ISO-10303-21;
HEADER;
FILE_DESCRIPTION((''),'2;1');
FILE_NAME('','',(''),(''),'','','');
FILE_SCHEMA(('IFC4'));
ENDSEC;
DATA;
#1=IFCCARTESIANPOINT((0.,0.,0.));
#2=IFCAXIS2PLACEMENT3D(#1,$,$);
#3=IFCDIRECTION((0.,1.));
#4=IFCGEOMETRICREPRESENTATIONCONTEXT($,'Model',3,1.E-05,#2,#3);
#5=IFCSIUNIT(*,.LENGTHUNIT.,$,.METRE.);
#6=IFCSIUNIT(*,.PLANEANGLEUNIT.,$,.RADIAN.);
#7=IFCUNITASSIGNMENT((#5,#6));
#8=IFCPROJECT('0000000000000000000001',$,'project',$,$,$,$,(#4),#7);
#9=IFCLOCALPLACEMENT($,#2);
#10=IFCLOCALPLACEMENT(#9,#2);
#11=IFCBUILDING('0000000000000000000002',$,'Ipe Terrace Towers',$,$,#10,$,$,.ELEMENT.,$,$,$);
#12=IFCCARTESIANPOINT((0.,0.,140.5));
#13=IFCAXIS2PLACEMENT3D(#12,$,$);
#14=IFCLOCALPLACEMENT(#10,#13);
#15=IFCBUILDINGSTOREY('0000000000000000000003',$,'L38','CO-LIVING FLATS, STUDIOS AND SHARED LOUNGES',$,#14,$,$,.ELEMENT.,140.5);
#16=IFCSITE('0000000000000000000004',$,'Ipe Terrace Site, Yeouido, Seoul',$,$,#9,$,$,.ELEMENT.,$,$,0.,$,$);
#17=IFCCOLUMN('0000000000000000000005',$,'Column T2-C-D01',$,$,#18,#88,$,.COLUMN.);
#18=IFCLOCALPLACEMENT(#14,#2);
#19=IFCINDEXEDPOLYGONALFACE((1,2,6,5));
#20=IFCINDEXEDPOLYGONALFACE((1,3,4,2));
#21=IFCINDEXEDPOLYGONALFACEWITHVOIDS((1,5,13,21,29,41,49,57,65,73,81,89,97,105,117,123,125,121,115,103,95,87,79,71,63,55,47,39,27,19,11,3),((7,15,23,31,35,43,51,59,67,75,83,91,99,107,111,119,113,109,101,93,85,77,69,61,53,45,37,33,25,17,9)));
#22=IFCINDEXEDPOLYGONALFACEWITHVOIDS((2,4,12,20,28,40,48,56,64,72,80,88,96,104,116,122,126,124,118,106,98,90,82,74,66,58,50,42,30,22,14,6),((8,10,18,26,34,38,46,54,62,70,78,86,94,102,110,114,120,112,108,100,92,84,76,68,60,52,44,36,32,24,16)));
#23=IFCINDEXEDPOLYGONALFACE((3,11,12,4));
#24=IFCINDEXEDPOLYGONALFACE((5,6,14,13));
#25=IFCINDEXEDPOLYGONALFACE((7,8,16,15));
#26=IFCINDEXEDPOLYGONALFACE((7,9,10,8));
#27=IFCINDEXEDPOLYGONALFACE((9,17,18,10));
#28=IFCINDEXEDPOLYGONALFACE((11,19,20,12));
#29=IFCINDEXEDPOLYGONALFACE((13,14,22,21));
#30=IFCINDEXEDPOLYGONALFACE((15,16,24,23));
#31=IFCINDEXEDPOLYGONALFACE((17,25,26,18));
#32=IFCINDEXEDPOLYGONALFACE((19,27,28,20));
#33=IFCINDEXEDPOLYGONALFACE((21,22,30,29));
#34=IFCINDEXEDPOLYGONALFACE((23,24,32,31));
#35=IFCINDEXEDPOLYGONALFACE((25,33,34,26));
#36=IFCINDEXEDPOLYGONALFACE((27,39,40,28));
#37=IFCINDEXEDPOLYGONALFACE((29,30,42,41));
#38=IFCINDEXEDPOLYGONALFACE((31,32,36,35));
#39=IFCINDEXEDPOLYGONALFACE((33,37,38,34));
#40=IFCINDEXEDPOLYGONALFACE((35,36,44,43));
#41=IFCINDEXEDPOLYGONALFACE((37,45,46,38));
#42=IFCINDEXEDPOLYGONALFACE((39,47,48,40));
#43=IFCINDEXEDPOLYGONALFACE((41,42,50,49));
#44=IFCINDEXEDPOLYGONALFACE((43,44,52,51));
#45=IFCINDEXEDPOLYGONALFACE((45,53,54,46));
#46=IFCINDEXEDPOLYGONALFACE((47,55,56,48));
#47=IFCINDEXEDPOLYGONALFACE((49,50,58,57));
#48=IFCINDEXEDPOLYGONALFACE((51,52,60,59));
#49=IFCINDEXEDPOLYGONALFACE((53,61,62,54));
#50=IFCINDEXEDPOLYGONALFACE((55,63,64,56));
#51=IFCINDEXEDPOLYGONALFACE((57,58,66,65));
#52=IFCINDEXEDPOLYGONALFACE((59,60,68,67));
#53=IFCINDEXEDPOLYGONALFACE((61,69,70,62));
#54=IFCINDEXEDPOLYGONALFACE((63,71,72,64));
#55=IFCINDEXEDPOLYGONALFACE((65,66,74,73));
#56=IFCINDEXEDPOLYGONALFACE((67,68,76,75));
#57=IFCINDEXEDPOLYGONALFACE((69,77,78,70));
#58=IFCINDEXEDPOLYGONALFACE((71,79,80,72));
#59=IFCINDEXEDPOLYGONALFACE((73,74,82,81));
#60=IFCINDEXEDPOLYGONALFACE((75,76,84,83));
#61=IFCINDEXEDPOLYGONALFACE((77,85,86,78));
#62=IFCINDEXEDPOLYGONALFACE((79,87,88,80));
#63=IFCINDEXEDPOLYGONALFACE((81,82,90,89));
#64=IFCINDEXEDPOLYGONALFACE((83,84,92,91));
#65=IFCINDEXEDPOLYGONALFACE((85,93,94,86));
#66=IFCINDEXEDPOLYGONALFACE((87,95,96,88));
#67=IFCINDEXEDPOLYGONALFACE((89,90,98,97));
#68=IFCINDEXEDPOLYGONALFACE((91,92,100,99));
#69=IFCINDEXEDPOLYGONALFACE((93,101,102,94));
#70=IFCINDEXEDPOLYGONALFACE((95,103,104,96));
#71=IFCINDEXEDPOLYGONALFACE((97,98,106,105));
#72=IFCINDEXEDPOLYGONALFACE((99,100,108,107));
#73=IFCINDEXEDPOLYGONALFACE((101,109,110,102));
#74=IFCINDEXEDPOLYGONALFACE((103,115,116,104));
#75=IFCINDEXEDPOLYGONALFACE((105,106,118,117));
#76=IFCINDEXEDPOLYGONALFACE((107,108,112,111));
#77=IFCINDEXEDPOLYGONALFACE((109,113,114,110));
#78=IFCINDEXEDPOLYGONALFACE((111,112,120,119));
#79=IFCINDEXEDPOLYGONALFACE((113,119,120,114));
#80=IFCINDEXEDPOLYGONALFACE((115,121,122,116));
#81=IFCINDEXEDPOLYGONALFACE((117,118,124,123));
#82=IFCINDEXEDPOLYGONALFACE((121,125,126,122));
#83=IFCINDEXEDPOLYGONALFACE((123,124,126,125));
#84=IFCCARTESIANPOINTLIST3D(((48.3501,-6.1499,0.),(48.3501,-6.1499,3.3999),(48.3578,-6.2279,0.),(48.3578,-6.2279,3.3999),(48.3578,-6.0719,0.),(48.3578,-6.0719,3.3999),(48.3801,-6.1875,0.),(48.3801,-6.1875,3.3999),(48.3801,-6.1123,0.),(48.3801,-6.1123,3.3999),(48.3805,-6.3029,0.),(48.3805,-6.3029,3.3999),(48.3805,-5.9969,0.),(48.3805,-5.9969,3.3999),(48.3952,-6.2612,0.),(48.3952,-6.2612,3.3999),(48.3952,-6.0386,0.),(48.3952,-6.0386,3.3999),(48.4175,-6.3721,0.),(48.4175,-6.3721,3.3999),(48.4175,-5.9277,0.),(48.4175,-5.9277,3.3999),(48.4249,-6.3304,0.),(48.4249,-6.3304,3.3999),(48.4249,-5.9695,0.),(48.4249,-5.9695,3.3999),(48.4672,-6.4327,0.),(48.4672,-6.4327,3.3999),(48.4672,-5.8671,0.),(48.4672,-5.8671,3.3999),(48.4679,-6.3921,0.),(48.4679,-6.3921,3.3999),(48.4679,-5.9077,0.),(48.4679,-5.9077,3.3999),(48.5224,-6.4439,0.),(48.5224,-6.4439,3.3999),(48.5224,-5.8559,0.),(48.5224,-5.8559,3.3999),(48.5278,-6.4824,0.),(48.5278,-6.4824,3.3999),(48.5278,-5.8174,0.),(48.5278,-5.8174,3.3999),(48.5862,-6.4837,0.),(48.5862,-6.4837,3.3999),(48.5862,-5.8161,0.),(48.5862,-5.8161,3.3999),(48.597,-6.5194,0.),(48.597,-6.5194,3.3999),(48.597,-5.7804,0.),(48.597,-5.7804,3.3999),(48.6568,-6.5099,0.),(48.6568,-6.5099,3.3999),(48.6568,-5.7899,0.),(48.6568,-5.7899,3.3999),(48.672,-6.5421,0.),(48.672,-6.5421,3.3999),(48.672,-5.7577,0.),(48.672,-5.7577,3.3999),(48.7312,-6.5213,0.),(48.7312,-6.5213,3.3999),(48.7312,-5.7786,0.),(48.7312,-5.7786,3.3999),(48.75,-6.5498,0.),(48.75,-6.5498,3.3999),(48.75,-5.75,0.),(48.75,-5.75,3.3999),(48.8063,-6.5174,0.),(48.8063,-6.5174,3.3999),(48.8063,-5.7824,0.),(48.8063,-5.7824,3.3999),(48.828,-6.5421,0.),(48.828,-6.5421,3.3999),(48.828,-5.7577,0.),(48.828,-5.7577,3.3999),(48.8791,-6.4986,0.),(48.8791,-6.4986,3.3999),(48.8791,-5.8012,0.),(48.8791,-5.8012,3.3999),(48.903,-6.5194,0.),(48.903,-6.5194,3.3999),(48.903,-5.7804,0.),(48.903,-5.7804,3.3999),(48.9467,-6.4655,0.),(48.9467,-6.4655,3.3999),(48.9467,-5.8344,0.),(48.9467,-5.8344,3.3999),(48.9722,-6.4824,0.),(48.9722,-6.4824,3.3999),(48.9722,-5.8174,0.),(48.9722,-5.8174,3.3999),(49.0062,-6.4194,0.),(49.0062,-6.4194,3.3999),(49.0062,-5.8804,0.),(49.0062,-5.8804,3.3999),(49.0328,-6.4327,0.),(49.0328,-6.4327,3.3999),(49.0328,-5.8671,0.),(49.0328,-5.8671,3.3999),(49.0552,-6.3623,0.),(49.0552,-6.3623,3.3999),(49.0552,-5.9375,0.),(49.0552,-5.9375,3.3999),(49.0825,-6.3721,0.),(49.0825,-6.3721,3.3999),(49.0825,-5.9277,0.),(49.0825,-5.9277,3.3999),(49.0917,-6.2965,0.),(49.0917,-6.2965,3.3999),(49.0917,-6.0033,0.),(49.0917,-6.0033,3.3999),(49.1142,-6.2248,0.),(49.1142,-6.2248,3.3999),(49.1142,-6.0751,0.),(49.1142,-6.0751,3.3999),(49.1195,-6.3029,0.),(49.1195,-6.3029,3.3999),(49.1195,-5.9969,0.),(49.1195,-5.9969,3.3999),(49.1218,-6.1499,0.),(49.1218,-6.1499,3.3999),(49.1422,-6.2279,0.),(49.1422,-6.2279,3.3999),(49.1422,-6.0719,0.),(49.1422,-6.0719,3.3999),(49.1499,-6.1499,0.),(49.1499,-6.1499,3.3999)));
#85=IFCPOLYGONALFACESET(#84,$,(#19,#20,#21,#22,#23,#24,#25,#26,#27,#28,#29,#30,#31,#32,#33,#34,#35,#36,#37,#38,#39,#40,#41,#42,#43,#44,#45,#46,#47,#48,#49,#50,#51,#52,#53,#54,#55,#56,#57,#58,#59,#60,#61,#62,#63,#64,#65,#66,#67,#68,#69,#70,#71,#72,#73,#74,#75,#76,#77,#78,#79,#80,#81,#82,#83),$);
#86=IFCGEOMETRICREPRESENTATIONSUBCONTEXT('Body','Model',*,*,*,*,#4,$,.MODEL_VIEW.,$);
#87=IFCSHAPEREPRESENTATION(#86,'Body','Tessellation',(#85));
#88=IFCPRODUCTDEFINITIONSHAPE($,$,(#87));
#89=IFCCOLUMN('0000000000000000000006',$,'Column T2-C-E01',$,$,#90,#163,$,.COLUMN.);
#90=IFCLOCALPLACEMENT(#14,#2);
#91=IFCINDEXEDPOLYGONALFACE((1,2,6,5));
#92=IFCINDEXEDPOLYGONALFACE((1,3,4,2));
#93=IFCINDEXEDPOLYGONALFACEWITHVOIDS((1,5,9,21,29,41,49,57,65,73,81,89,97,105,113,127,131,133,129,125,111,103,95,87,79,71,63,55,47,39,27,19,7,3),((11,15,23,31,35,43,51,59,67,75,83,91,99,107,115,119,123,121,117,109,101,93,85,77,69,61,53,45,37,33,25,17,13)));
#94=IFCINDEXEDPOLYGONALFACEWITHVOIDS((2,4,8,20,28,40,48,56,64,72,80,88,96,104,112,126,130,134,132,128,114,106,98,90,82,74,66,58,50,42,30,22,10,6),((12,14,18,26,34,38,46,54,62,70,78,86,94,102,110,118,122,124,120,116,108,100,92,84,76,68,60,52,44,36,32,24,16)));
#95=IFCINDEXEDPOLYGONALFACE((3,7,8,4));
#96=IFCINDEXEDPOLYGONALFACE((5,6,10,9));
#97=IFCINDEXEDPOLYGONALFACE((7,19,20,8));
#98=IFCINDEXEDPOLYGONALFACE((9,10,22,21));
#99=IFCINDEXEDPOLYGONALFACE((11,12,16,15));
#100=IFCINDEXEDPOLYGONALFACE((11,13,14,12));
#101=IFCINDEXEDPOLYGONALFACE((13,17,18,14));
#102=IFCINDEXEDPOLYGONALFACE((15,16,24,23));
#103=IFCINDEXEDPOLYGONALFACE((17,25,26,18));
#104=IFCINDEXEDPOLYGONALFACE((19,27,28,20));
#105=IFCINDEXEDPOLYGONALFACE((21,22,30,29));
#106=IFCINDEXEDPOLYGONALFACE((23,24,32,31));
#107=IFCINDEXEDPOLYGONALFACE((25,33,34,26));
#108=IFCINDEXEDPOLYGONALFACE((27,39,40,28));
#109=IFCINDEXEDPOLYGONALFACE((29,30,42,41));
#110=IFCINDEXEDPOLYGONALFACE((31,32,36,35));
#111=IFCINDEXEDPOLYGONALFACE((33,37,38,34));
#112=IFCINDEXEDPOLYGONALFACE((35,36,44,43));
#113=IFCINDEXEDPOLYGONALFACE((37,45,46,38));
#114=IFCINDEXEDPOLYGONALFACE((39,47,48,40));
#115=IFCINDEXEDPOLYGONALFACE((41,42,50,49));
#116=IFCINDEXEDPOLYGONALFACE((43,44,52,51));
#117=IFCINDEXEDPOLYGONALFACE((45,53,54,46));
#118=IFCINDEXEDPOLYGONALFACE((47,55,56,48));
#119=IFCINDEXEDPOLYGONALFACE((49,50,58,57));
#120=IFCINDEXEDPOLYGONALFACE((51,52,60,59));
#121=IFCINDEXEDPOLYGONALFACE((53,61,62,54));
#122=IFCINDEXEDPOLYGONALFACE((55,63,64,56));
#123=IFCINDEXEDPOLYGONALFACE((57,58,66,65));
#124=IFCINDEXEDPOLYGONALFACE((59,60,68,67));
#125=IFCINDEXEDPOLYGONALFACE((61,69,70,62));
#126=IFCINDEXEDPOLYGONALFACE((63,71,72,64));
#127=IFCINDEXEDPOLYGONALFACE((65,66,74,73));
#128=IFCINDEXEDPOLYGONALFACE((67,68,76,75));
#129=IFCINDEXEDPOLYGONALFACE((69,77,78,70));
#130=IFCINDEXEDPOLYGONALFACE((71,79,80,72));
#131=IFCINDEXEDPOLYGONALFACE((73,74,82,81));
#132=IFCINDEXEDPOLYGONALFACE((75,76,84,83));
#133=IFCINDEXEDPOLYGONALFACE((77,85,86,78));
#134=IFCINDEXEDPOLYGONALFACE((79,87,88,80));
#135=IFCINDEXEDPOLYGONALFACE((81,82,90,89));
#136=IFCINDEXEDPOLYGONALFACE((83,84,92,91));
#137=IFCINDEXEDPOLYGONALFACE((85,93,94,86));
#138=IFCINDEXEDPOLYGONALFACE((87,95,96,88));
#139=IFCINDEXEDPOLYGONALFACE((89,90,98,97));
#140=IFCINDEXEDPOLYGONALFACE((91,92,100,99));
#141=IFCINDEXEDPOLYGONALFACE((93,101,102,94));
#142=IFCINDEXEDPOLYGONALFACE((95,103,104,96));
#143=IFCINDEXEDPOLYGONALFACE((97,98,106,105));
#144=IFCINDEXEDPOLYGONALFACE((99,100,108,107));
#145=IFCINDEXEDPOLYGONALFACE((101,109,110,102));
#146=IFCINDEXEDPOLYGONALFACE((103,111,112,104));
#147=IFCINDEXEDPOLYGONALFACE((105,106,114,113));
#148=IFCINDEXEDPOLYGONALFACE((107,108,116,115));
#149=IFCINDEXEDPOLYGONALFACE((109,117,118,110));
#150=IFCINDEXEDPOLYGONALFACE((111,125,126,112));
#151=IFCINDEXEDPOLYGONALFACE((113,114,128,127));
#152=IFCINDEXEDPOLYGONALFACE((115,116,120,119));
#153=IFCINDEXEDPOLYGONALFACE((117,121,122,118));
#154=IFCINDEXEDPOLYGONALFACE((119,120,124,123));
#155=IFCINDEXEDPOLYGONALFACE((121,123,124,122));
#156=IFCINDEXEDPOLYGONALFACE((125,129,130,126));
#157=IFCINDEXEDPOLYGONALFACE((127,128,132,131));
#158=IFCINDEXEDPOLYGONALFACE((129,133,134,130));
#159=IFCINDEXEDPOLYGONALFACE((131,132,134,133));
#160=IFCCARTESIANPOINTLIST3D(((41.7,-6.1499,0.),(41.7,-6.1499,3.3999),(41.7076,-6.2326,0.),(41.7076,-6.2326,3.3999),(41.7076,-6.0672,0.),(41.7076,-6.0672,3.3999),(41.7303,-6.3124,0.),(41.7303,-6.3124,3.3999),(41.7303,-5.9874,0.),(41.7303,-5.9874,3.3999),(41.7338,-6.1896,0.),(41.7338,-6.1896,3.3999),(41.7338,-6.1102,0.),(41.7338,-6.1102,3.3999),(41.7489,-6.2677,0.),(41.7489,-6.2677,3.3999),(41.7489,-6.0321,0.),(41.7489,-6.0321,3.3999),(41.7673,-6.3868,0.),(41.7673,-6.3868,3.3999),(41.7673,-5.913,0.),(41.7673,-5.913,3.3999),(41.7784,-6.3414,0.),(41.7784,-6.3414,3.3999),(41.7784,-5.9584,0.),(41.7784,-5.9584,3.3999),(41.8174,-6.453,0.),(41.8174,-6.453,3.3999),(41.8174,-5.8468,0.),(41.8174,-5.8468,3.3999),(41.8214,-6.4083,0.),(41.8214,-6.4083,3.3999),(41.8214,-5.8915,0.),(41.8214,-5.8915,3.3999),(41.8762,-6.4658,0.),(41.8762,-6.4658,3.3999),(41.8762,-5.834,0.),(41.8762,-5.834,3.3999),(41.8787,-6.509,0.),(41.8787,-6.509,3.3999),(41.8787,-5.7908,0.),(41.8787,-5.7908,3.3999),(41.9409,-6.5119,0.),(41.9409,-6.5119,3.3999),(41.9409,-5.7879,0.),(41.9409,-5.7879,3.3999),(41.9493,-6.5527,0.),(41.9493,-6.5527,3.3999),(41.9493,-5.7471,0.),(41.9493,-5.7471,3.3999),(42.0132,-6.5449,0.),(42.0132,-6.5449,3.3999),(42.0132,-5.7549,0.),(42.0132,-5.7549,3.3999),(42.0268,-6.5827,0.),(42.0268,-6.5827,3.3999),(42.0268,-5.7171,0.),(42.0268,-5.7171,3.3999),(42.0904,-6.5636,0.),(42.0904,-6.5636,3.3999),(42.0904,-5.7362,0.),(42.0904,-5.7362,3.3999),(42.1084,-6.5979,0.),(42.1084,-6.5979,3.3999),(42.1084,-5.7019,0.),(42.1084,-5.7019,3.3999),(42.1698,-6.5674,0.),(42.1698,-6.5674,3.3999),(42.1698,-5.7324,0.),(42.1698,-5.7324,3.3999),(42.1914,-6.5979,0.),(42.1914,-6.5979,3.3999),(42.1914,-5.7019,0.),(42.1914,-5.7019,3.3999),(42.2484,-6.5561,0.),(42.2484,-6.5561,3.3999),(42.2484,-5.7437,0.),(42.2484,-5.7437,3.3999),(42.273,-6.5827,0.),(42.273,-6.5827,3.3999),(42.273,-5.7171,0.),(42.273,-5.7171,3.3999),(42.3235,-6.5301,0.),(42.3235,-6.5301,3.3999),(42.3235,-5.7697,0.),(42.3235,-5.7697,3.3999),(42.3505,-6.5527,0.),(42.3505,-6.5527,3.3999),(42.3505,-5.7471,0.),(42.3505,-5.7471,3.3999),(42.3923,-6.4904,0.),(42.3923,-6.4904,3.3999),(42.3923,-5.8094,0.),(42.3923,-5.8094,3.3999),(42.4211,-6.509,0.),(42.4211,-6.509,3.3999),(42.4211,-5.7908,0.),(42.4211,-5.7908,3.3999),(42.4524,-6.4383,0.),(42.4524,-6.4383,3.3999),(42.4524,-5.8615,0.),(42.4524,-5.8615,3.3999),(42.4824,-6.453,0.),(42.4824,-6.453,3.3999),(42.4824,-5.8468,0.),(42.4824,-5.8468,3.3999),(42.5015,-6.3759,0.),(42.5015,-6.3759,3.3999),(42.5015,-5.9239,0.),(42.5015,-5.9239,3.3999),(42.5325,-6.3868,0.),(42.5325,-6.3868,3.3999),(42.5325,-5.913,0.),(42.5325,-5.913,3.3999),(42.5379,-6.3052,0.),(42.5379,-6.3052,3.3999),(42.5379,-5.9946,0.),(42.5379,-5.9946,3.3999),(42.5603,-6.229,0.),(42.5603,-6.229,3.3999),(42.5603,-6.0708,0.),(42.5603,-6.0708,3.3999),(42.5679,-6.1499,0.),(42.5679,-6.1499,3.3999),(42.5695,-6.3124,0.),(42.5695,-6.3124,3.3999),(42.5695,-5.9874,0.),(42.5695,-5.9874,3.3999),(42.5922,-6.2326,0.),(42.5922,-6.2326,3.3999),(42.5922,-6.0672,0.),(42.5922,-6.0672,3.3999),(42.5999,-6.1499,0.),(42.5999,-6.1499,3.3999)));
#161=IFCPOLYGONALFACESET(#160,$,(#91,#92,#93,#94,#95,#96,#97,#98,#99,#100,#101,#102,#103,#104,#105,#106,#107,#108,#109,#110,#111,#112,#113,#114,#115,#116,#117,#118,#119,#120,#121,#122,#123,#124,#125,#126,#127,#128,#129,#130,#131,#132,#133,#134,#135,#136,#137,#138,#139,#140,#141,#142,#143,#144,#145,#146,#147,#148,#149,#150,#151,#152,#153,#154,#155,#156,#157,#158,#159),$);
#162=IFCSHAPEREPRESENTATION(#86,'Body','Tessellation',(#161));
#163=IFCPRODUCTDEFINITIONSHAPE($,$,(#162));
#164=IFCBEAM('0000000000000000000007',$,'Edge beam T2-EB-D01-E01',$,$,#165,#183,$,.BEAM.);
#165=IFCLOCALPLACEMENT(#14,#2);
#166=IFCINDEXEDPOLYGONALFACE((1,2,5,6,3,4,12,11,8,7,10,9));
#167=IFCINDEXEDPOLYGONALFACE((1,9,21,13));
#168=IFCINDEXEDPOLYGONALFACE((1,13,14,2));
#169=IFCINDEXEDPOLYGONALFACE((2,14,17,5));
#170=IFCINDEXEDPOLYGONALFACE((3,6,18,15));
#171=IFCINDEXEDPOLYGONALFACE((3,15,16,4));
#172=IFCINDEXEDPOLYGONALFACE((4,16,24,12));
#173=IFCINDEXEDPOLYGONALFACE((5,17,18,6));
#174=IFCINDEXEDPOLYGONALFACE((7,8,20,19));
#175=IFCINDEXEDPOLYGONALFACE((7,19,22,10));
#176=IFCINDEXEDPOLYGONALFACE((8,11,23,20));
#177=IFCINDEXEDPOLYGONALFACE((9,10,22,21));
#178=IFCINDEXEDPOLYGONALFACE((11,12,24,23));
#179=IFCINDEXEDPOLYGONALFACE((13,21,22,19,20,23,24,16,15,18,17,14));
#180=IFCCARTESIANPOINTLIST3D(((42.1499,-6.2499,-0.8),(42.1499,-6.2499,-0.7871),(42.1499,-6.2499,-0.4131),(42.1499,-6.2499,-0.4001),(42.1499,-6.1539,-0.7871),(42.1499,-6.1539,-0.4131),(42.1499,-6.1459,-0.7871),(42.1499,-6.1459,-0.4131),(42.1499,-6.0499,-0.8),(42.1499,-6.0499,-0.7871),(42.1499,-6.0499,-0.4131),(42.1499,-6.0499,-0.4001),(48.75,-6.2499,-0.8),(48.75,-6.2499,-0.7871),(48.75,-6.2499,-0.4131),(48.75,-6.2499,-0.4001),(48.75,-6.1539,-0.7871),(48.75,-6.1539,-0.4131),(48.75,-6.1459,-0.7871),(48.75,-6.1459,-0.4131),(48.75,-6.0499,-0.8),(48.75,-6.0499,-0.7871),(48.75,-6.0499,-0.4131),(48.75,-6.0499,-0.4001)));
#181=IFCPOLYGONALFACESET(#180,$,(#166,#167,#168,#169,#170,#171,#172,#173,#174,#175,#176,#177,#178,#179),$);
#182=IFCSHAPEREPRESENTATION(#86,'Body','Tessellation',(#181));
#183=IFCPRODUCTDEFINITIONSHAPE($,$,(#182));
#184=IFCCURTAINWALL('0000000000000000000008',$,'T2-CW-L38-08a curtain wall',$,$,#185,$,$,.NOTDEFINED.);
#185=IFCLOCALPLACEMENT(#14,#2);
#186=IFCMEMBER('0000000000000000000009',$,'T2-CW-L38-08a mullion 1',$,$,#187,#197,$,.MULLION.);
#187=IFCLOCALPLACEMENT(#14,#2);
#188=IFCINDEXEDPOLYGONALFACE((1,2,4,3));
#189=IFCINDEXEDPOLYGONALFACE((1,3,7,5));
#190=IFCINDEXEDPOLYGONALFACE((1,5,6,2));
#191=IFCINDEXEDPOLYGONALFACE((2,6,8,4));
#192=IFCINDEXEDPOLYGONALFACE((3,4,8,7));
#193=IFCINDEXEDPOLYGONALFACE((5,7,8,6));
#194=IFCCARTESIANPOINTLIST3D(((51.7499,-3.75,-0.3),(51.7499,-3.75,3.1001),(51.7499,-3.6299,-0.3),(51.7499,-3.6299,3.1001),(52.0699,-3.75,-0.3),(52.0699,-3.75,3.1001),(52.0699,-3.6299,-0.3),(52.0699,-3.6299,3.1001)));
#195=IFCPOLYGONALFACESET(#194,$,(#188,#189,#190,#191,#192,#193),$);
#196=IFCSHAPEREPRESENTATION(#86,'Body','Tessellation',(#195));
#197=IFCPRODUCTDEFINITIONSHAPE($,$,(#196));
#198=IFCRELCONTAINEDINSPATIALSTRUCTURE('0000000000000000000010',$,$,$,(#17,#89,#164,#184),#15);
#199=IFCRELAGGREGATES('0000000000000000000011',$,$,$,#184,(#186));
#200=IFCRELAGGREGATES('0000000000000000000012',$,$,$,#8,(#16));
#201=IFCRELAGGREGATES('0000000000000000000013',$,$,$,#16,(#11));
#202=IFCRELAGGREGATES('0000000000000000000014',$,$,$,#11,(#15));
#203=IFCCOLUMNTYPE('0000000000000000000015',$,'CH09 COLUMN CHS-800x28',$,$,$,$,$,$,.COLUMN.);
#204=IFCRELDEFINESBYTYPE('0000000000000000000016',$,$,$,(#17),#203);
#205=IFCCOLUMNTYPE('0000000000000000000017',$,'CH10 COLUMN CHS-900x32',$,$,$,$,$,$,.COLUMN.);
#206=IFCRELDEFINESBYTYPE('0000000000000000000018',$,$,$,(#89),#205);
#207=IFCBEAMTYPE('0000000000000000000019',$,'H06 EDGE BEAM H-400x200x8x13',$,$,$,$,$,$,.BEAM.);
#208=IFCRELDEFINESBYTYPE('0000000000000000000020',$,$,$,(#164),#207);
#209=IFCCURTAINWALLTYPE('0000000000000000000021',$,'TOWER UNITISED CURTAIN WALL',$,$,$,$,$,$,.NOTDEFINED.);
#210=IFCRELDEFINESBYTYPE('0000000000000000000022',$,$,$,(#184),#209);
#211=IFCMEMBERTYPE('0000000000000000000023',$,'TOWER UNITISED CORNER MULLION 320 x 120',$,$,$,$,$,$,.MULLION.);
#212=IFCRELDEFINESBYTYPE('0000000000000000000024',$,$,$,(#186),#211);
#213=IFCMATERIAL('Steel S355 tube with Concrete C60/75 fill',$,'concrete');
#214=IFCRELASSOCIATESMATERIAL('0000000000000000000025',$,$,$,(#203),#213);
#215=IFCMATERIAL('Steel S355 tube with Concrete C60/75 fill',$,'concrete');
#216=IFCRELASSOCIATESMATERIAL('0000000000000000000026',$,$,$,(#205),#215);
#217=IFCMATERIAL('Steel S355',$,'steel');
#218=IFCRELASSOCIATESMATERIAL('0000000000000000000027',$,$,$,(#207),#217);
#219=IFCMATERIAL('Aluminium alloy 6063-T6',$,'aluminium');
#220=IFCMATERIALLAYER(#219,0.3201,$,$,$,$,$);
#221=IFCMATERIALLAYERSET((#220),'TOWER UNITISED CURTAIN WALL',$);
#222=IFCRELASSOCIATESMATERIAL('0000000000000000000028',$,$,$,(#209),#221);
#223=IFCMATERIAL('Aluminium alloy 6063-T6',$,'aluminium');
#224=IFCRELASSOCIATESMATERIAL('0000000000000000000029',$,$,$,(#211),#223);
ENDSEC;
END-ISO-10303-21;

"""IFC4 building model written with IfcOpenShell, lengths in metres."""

from ifc_helpers import new_model, si_unit, direction, frame, origin, origin_2d, place, context, subcontext, project, spatial, rectangle, hollow_circle, i_section, extrude, material, layer, layer_set, material_profile, profile_set, type_object, element, aggregate, save


model = new_model("IFC4")

# Units and contexts
model_context = context("Model", 3, precision=1e-05, world=origin(), true_north=direction((0.0, 1.0)))
body_context = subcontext(model_context, "Body", "Model", "MODEL_VIEW")
ifc_project = project(units=[si_unit("LENGTHUNIT", "METRE"), si_unit("PLANEANGLEUNIT", "RADIAN")], contexts=[model_context])

# Site, building, storey
site_placement = place(None, origin())
site = spatial("IfcSite", under=ifc_project, at=site_placement, Name="Ipe Terrace Site, Yeouido, Seoul", CompositionType="ELEMENT", RefElevation=0.0)
building_placement = place(site_placement, origin())
building = spatial("IfcBuilding", under=site, at=building_placement, Name="Ipe Terrace Towers", CompositionType="ELEMENT")
storey_placement = place(building_placement, frame((0.0, 0.0, 140.5)))
storey = spatial("IfcBuildingStorey", under=building, at=storey_placement, Name="L38", Description="CO-LIVING FLATS, STUDIOS AND SHARED LOUNGES", CompositionType="ELEMENT", Elevation=140.5)

# Columns
ifc_material_1 = material(Name="Steel S355 tube with Concrete C60/75 fill", Category="concrete")
ifc_material_profile_1 = material_profile(ifc_material_1, hollow_circle(Radius=0.3999, WallThickness=0.0281, at=origin_2d()), Name="CHS-800x28")
ifc_profile_set_1 = profile_set([ifc_material_profile_1], Name="Steel S355 tube with Concrete C60/75 fill")
column_type_1 = type_object("IfcColumnType", Name="CH09 COLUMN CHS-800x28", PredefinedType="COLUMN", material=ifc_profile_set_1)
column_1_placement = place(storey_placement, frame((48.75, -6.1499, 0.0), z_axis=(0.0, 0.0, 1.0), x_axis=(1.0, 0.0, 0.0)))
element("IfcColumn", 1, at=column_1_placement, inside=storey, type_object=column_type_1, Name="Column T2-C-D01", PredefinedType="COLUMN", context=body_context, shape_type="SweptSolid", body=[
    extrude(hollow_circle(Radius=0.3999, WallThickness=0.0281, at=origin_2d()), origin(), (0.0, 0.0, 1.0), 3.3999),
])
ifc_material_2 = material(Name="Steel S355 tube with Concrete C60/75 fill", Category="concrete")
ifc_material_profile_2 = material_profile(ifc_material_2, hollow_circle(Radius=0.45, WallThickness=0.032, at=origin_2d()), Name="CHS-900x32")
ifc_profile_set_2 = profile_set([ifc_material_profile_2], Name="Steel S355 tube with Concrete C60/75 fill")
column_type_2 = type_object("IfcColumnType", Name="CH10 COLUMN CHS-900x32", PredefinedType="COLUMN", material=ifc_profile_set_2)
column_2_placement = place(storey_placement, frame((42.1499, -6.1499, 0.0), z_axis=(0.0, 0.0, 1.0), x_axis=(1.0, 0.0, 0.0)))
element("IfcColumn", 2, at=column_2_placement, inside=storey, type_object=column_type_2, Name="Column T2-C-E01", PredefinedType="COLUMN", context=body_context, shape_type="SweptSolid", body=[
    extrude(hollow_circle(Radius=0.45, WallThickness=0.032, at=origin_2d()), origin(), (0.0, 0.0, 1.0), 3.3999),
])

# Beam
ifc_material_3 = material(Name="Steel S355", Category="steel")
ifc_material_profile_3 = material_profile(ifc_material_3, i_section(OverallWidth=0.2, OverallDepth=0.3999, WebThickness=0.0081, FlangeThickness=0.0129, at=origin_2d()), Name="H-400x200x8x13")
ifc_profile_set_3 = profile_set([ifc_material_profile_3], Name="Steel S355")
beam_type = type_object("IfcBeamType", Name="H06 EDGE BEAM H-400x200x8x13", PredefinedType="BEAM", material=ifc_profile_set_3)
beam_placement = place(storey_placement, frame((48.75, -6.1499, -0.6001), z_axis=(-1.0, 0.0, 0.0), x_axis=(0.0, -1.0, 0.0)))
element("IfcBeam", 3, at=beam_placement, inside=storey, type_object=beam_type, Name="Edge beam T2-EB-D01-E01", PredefinedType="BEAM", context=body_context, shape_type="SweptSolid", body=[
    extrude(i_section(OverallWidth=0.2, OverallDepth=0.3999, WebThickness=0.0081, FlangeThickness=0.0129, at=origin_2d()), origin(), (0.0, 0.0, 1.0), 6.6001),
])

# Curtain wall, member
ifc_material_4 = material(Name="Aluminium alloy 6063-T6", Category="aluminium")
ifc_layer_1 = layer(ifc_material_4, 0.3201)
ifc_layer_set_1 = layer_set([ifc_layer_1], Name="TOWER UNITISED CURTAIN WALL")
curtain_wall_type = type_object("IfcCurtainWallType", Name="TOWER UNITISED CURTAIN WALL", PredefinedType="NOTDEFINED", material=ifc_layer_set_1)
curtain_wall_placement = place(storey_placement, origin())
curtain_wall = element("IfcCurtainWall", 4, at=curtain_wall_placement, inside=storey, type_object=curtain_wall_type, Name="T2-CW-L38-08a curtain wall", PredefinedType="NOTDEFINED")
ifc_material_5 = material(Name="Aluminium alloy 6063-T6", Category="aluminium")
ifc_material_profile_4 = material_profile(ifc_material_5, rectangle(XDim=0.3201, YDim=0.1201, at=origin_2d()), Name="TOWER UNITISED CORNER MULLION 320 x 120")
ifc_profile_set_4 = profile_set([ifc_material_profile_4], Name="Aluminium alloy 6063-T6")
member_type_1 = type_object("IfcMemberType", Name="TOWER UNITISED CORNER MULLION 320 x 120", PredefinedType="MULLION", material=ifc_profile_set_4)
member_1_placement = place(storey_placement, frame((51.9099, -3.6899, -0.3), z_axis=(0.0, 0.0, 1.0), x_axis=(1.0, 0.0, 0.0)))
member_1 = element("IfcMember", 5, at=member_1_placement, type_object=member_type_1, Name="T2-CW-L38-08a mullion 1", PredefinedType="MULLION", context=body_context, shape_type="SweptSolid", body=[
    extrude(rectangle(XDim=0.3201, YDim=0.1201, at=origin_2d()), origin(), (0.0, 0.0, 1.0), 3.4001),
])
aggregate(curtain_wall, [member_1])

save(model, "model.ifc")
